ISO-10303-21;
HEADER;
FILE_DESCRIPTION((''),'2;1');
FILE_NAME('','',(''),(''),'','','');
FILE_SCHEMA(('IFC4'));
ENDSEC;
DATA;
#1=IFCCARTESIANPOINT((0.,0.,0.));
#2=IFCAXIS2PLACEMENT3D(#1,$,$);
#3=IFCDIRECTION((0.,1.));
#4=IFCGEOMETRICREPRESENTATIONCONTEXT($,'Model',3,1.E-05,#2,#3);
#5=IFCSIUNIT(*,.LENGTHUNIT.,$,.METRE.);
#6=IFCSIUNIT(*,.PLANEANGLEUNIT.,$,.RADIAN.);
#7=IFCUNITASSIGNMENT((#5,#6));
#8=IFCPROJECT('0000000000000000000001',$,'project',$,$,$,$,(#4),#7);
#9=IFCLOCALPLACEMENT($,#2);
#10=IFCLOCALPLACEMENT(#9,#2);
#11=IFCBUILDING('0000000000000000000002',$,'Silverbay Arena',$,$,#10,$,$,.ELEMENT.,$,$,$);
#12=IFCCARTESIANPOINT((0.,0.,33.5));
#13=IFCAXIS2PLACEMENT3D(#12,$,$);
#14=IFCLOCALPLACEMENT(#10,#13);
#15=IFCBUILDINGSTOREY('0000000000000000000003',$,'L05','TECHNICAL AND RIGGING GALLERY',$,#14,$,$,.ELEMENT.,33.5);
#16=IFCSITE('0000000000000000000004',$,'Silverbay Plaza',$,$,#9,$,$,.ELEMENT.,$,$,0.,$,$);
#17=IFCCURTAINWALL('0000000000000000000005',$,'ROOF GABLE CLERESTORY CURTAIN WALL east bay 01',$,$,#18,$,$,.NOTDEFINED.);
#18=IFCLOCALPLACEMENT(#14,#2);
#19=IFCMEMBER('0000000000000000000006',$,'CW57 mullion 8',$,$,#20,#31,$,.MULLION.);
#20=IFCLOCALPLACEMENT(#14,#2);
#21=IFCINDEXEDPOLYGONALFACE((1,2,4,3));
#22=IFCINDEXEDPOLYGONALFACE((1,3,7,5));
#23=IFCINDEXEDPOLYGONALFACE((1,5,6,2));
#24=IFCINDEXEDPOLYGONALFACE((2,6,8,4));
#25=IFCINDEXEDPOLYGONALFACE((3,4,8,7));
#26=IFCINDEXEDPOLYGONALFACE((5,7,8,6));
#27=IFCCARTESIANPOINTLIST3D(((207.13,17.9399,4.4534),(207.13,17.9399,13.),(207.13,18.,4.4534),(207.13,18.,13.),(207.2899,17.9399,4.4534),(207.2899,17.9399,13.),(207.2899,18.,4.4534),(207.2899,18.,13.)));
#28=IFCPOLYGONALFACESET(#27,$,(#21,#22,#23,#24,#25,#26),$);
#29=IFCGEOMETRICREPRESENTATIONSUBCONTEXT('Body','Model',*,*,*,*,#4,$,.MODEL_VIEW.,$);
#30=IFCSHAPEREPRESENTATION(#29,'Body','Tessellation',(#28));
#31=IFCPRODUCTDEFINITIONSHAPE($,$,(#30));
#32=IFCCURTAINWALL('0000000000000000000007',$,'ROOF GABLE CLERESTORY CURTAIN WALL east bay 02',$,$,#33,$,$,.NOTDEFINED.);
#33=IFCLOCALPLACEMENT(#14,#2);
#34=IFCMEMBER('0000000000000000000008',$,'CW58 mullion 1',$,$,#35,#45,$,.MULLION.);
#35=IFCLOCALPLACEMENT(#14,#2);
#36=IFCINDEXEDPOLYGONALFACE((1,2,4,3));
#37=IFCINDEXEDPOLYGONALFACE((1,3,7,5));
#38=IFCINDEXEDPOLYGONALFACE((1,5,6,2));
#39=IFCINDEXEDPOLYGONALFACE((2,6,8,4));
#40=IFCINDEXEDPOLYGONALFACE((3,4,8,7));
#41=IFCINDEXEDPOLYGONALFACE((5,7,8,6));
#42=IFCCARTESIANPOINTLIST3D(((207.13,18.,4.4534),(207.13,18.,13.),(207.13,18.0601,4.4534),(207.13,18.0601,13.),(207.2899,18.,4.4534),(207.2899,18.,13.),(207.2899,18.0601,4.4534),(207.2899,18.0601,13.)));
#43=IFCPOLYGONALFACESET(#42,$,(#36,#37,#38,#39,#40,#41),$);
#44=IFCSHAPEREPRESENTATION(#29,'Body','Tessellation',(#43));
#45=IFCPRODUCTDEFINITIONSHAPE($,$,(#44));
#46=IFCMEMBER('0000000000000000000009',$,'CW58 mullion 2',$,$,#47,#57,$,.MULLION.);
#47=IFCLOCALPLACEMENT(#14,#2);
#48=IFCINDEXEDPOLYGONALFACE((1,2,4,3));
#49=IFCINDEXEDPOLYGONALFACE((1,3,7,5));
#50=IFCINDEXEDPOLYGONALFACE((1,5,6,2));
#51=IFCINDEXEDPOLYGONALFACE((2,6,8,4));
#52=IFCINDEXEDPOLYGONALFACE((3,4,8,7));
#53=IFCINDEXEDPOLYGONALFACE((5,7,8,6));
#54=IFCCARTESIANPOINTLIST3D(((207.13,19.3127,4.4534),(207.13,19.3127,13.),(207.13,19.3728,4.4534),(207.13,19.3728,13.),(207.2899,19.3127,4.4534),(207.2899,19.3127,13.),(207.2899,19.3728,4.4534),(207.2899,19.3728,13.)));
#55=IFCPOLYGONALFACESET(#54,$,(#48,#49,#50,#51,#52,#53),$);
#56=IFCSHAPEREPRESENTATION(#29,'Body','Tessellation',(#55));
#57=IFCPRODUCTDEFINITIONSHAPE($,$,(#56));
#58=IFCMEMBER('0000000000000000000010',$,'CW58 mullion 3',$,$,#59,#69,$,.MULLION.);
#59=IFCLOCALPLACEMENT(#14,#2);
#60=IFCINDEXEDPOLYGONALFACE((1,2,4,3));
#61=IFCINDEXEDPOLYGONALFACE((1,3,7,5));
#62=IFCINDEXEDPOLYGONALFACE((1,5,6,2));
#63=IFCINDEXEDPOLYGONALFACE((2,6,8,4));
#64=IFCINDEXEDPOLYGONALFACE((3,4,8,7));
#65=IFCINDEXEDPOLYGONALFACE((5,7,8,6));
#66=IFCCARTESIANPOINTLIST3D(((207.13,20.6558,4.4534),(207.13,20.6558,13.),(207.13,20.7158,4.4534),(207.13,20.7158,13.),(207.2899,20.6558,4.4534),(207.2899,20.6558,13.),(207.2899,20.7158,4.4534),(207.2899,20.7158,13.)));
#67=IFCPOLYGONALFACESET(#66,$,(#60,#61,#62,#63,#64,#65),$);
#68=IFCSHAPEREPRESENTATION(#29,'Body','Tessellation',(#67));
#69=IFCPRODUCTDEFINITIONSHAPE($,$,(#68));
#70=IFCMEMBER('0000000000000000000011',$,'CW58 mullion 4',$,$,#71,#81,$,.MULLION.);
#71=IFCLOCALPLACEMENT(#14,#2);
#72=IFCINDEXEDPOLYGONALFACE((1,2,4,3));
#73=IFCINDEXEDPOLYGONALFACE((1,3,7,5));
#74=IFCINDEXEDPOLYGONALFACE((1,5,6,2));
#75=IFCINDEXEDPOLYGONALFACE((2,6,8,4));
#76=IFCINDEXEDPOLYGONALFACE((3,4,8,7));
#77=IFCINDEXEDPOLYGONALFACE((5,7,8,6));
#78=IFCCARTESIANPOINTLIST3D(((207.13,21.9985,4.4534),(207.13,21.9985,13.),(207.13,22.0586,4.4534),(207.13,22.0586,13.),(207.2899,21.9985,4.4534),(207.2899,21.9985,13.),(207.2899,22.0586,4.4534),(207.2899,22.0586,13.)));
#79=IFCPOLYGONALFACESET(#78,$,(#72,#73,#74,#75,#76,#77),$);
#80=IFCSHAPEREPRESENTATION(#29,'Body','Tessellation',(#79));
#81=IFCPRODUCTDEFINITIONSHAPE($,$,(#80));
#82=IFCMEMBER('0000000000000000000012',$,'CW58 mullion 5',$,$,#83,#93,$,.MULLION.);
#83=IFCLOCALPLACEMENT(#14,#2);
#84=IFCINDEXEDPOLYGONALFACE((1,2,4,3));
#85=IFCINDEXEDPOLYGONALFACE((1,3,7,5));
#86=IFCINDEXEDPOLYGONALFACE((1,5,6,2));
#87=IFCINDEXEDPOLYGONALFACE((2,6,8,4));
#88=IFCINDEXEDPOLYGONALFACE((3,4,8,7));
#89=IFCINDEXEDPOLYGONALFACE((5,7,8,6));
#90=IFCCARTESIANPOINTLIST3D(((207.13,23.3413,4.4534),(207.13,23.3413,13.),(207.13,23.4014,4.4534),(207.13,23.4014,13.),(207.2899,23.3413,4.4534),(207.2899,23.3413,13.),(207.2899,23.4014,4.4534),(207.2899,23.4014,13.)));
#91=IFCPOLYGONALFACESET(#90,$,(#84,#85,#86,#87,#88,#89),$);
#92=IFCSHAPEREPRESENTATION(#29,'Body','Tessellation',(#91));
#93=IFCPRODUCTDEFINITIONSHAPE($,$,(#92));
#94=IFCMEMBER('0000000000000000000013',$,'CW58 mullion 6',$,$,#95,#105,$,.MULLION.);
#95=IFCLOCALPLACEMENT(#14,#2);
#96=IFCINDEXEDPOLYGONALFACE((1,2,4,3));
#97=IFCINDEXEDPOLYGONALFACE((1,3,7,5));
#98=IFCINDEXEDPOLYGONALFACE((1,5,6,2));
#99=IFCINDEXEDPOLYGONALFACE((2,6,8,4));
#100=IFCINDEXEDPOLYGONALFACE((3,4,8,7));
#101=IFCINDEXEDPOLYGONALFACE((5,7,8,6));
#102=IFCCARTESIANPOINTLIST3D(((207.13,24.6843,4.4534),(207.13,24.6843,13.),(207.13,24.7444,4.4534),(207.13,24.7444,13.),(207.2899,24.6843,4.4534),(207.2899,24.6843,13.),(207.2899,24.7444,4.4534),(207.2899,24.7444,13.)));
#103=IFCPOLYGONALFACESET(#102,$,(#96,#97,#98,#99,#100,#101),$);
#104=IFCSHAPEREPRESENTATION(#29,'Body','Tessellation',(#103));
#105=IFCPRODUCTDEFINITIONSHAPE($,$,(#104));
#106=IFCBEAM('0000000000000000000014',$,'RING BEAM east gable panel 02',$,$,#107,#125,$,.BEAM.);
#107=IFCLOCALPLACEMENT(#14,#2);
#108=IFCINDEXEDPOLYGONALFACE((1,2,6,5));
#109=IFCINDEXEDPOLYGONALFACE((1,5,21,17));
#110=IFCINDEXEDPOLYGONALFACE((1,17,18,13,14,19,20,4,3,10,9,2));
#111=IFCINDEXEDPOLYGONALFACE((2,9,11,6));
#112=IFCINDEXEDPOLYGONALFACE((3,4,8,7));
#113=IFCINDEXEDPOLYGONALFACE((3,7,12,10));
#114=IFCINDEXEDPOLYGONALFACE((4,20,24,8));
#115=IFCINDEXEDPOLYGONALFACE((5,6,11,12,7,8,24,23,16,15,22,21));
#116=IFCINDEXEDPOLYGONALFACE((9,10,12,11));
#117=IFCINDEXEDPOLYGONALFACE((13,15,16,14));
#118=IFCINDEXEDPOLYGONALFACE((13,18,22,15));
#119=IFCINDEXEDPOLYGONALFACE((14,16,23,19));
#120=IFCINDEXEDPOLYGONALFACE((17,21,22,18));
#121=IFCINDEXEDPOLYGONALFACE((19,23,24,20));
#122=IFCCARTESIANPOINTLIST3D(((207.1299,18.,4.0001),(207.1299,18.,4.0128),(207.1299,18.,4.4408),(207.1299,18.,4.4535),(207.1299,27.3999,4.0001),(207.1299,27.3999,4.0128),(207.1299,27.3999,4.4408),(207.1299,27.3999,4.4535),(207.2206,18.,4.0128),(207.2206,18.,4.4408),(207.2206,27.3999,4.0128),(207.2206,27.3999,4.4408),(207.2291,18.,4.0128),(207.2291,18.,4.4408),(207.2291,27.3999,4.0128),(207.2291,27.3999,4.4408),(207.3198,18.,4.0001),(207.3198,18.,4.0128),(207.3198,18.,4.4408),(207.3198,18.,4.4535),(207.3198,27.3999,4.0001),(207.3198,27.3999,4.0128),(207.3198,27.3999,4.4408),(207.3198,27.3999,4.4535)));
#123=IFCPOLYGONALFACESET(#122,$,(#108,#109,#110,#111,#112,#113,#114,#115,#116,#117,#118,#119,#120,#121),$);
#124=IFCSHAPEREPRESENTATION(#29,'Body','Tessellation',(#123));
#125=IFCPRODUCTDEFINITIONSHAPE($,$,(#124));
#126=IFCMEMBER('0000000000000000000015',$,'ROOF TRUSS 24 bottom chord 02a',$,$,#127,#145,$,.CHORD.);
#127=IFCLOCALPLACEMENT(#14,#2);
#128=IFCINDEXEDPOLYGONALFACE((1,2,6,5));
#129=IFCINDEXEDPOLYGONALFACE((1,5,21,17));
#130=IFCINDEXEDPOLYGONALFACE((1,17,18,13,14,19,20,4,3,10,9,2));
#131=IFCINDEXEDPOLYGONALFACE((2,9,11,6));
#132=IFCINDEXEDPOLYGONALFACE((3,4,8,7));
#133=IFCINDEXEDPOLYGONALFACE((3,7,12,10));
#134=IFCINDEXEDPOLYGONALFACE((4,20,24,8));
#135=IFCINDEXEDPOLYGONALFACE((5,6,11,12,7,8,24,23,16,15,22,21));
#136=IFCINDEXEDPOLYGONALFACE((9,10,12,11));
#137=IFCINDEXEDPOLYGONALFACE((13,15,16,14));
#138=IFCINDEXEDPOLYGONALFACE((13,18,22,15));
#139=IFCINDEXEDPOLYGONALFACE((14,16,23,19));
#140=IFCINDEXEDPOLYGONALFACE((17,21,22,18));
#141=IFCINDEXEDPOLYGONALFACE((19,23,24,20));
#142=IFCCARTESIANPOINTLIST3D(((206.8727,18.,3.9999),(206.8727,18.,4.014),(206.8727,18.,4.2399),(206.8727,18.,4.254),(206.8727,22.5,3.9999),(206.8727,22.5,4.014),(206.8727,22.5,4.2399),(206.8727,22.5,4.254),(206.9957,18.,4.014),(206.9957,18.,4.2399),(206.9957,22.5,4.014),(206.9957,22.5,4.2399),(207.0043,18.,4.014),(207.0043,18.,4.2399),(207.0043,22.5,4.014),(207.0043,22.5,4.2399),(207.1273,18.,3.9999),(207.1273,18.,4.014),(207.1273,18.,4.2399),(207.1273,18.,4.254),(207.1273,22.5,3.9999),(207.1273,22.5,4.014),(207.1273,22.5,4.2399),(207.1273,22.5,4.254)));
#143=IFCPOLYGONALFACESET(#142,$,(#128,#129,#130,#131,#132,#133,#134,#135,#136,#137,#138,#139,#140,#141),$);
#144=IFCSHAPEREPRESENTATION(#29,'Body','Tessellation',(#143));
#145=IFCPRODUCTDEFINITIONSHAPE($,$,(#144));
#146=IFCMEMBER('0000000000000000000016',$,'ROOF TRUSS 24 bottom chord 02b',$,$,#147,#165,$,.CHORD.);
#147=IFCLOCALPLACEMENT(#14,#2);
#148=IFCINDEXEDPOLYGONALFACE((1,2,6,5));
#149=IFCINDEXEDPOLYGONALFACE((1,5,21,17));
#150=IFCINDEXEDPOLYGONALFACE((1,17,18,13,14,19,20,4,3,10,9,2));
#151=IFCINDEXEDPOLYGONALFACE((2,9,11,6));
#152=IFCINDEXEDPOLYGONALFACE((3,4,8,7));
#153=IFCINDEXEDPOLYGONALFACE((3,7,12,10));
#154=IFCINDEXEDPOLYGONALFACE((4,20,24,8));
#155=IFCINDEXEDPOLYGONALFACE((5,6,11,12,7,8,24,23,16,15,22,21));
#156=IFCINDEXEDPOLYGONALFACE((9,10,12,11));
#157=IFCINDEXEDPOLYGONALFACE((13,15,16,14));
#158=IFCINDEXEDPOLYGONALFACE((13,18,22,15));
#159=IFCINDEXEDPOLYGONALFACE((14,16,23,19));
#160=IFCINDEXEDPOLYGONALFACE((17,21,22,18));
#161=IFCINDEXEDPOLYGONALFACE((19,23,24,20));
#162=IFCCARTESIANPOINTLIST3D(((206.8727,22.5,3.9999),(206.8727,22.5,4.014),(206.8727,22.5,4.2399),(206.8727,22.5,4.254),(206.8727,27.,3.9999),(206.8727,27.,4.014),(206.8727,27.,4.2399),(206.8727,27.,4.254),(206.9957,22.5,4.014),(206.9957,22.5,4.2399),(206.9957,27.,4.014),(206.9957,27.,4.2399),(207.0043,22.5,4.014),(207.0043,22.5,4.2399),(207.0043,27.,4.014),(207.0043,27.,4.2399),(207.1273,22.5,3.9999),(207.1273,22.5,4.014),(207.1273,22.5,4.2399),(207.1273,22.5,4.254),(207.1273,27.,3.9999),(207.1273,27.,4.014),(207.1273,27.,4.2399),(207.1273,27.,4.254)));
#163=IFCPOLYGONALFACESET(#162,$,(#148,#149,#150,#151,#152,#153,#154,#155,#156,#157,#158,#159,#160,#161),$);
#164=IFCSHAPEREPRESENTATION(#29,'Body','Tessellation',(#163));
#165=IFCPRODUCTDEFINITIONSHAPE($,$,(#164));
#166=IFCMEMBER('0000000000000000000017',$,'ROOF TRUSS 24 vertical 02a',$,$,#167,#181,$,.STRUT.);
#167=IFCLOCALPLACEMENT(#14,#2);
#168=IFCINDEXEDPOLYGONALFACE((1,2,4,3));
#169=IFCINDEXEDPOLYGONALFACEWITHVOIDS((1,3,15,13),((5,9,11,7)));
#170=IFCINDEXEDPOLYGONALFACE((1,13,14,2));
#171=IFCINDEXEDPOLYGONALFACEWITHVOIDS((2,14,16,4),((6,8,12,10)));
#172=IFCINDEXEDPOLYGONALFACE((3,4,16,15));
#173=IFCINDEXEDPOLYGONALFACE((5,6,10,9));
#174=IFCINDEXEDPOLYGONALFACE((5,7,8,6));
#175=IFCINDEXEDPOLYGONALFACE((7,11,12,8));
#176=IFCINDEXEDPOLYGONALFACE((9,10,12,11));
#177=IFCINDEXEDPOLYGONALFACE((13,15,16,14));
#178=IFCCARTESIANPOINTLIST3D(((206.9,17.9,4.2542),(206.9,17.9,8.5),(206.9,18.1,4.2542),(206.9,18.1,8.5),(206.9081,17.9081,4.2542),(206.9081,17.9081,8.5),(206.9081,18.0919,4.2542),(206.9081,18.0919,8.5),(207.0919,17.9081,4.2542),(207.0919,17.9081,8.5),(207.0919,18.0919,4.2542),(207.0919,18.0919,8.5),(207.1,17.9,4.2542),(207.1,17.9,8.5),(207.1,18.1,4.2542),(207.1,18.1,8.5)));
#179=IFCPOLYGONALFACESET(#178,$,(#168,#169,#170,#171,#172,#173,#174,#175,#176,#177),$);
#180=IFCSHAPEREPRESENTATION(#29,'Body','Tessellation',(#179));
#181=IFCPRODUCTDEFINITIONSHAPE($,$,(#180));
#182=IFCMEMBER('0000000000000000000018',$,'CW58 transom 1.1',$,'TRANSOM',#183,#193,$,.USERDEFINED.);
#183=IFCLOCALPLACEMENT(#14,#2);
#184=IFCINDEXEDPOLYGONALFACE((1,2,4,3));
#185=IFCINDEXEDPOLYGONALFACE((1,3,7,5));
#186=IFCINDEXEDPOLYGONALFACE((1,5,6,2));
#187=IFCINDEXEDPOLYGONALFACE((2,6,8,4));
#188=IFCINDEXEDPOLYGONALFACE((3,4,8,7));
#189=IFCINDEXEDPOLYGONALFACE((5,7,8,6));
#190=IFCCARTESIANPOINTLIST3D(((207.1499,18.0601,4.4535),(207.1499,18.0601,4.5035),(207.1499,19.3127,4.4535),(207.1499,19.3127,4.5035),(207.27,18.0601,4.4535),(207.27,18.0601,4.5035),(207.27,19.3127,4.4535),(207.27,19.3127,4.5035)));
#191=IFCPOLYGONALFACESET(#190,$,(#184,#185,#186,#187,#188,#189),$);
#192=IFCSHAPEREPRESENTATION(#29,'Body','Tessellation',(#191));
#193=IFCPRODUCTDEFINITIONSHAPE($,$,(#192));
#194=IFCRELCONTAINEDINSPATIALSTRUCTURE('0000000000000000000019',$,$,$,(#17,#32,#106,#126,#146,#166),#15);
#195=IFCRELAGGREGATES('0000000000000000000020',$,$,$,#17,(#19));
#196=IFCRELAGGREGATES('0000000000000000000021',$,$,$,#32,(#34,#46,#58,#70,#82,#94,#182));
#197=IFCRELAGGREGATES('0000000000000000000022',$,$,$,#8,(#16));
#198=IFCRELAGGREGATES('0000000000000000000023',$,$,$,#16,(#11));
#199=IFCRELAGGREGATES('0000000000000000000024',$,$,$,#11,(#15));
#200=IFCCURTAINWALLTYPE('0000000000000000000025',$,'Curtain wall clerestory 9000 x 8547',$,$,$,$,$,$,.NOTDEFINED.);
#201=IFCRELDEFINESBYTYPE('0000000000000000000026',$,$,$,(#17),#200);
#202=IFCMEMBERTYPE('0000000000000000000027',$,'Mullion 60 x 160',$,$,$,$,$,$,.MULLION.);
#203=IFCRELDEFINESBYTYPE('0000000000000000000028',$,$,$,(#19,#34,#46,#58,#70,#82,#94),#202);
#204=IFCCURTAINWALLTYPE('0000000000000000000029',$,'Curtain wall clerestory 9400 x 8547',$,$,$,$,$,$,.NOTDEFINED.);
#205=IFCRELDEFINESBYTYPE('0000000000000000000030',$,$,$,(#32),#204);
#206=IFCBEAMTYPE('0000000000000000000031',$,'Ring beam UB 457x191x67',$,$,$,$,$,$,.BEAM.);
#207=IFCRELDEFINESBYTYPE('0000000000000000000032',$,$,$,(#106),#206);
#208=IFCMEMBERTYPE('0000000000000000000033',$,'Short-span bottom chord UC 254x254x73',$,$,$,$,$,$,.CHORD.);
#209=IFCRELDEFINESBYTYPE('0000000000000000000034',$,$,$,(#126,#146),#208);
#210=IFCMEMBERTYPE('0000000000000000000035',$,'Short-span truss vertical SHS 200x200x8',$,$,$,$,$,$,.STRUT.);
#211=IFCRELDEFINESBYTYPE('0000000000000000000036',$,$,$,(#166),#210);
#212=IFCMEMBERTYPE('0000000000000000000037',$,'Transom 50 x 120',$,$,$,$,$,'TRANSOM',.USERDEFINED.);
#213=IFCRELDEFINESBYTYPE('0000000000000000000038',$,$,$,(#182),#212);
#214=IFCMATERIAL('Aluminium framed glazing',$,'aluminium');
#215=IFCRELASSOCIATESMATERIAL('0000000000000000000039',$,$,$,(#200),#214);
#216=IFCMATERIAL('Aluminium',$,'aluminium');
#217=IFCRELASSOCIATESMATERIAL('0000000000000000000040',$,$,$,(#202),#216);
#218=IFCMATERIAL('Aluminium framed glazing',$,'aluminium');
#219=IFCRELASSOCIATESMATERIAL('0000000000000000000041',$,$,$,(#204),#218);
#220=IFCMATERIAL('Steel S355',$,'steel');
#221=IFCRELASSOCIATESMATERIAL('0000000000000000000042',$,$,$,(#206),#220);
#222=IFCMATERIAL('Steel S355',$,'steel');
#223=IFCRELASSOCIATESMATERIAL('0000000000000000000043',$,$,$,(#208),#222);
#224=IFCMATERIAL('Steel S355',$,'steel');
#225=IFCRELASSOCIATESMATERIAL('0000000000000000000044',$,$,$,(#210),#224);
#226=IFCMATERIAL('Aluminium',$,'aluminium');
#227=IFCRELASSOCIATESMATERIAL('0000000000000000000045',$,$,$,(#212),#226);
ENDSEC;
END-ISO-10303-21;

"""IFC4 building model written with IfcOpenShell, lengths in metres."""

from ifc_helpers import new_model, si_unit, direction, frame, origin, origin_2d, place, context, subcontext, project, spatial, rectangle, hollow_rectangle, i_section, extrude, material, material_profile, profile_set, type_object, element, aggregate, save


model = new_model("IFC4")

# Units and contexts
model_context = context("Model", 3, precision=1e-05, world=origin(), true_north=direction((0.0, 1.0)))
body_context = subcontext(model_context, "Body", "Model", "MODEL_VIEW")
ifc_project = project(units=[si_unit("LENGTHUNIT", "METRE"), si_unit("PLANEANGLEUNIT", "RADIAN")], contexts=[model_context])

# Site, building, storey
site_placement = place(None, origin())
site = spatial("IfcSite", under=ifc_project, at=site_placement, Name="Silverbay Plaza", CompositionType="ELEMENT", RefElevation=0.0)
building_placement = place(site_placement, origin())
building = spatial("IfcBuilding", under=site, at=building_placement, Name="Silverbay Arena", CompositionType="ELEMENT")
storey_placement = place(building_placement, frame((0.0, 0.0, 33.5)))
storey = spatial("IfcBuildingStorey", under=building, at=storey_placement, Name="L05", Description="TECHNICAL AND RIGGING GALLERY", CompositionType="ELEMENT", Elevation=33.5)

# Curtain wall, member
ifc_material_1 = material(Name="Aluminium framed glazing", Category="aluminium")
curtain_wall_type_1 = type_object("IfcCurtainWallType", Name="Curtain wall clerestory 9000 x 8547", PredefinedType="NOTDEFINED", material=ifc_material_1)
curtain_wall_1_placement = place(storey_placement, origin())
curtain_wall_1 = element("IfcCurtainWall", 1, at=curtain_wall_1_placement, inside=storey, type_object=curtain_wall_type_1, Name="ROOF GABLE CLERESTORY CURTAIN WALL east bay 01", PredefinedType="NOTDEFINED")
ifc_material_2 = material(Name="Aluminium", Category="aluminium")
ifc_material_profile_1 = material_profile(ifc_material_2, rectangle(XDim=0.1599, YDim=0.0601, at=origin_2d()), Name="Mullion 60 x 160")
ifc_profile_set_1 = profile_set([ifc_material_profile_1], Name="Aluminium")
member_type_1 = type_object("IfcMemberType", Name="Mullion 60 x 160", PredefinedType="MULLION", material=ifc_profile_set_1)
member_1_placement = place(storey_placement, frame((207.21, 17.97, 4.4534), z_axis=(0.0, 0.0, 1.0), x_axis=(-1.0, 0.0, 0.0)))
member_1 = element("IfcMember", 2, at=member_1_placement, type_object=member_type_1, Name="CW57 mullion 8", PredefinedType="MULLION", context=body_context, shape_type="SweptSolid", body=[
    extrude(rectangle(XDim=0.1599, YDim=0.0601, at=origin_2d()), origin(), (0.0, 0.0, 1.0), 8.5466),
])
aggregate(curtain_wall_1, [member_1])

# Curtain wall, members
ifc_material_3 = material(Name="Aluminium framed glazing", Category="aluminium")
curtain_wall_type_2 = type_object("IfcCurtainWallType", Name="Curtain wall clerestory 9400 x 8547", PredefinedType="NOTDEFINED", material=ifc_material_3)
curtain_wall_2_placement = place(storey_placement, origin())
curtain_wall_2 = element("IfcCurtainWall", 3, at=curtain_wall_2_placement, inside=storey, type_object=curtain_wall_type_2, Name="ROOF GABLE CLERESTORY CURTAIN WALL east bay 02", PredefinedType="NOTDEFINED")
member_2_placement = place(storey_placement, frame((207.21, 18.03, 4.4534), z_axis=(0.0, 0.0, 1.0), x_axis=(-1.0, 0.0, 0.0)))
member_2 = element("IfcMember", 4, at=member_2_placement, type_object=member_type_1, Name="CW58 mullion 1", PredefinedType="MULLION", context=body_context, shape_type="SweptSolid", body=[
    extrude(rectangle(XDim=0.1599, YDim=0.0601, at=origin_2d()), origin(), (0.0, 0.0, 1.0), 8.5466),
])
member_3_placement = place(storey_placement, frame((207.21, 19.3428, 4.4534), z_axis=(0.0, 0.0, 1.0), x_axis=(-1.0, 0.0, 0.0)))
member_3 = element("IfcMember", 5, at=member_3_placement, type_object=member_type_1, Name="CW58 mullion 2", PredefinedType="MULLION", context=body_context, shape_type="SweptSolid", body=[
    extrude(rectangle(XDim=0.1599, YDim=0.0601, at=origin_2d()), origin(), (0.0, 0.0, 1.0), 8.5466),
])
member_4_placement = place(storey_placement, frame((207.21, 20.6858, 4.4534), z_axis=(0.0, 0.0, 1.0), x_axis=(-1.0, 0.0, 0.0)))
member_4 = element("IfcMember", 6, at=member_4_placement, type_object=member_type_1, Name="CW58 mullion 3", PredefinedType="MULLION", context=body_context, shape_type="SweptSolid", body=[
    extrude(rectangle(XDim=0.1599, YDim=0.0601, at=origin_2d()), origin(), (0.0, 0.0, 1.0), 8.5466),
])
member_5_placement = place(storey_placement, frame((207.21, 22.0286, 4.4534), z_axis=(0.0, 0.0, 1.0), x_axis=(-1.0, 0.0, 0.0)))
member_5 = element("IfcMember", 7, at=member_5_placement, type_object=member_type_1, Name="CW58 mullion 4", PredefinedType="MULLION", context=body_context, shape_type="SweptSolid", body=[
    extrude(rectangle(XDim=0.1599, YDim=0.0601, at=origin_2d()), origin(), (0.0, 0.0, 1.0), 8.5466),
])
member_6_placement = place(storey_placement, frame((207.21, 23.3713, 4.4534), z_axis=(0.0, 0.0, 1.0), x_axis=(-1.0, 0.0, 0.0)))
member_6 = element("IfcMember", 8, at=member_6_placement, type_object=member_type_1, Name="CW58 mullion 5", PredefinedType="MULLION", context=body_context, shape_type="SweptSolid", body=[
    extrude(rectangle(XDim=0.1599, YDim=0.0601, at=origin_2d()), origin(), (0.0, 0.0, 1.0), 8.5466),
])
member_7_placement = place(storey_placement, frame((207.21, 24.7144, 4.4534), z_axis=(0.0, 0.0, 1.0), x_axis=(-1.0, 0.0, 0.0)))
member_7 = element("IfcMember", 9, at=member_7_placement, type_object=member_type_1, Name="CW58 mullion 6", PredefinedType="MULLION", context=body_context, shape_type="SweptSolid", body=[
    extrude(rectangle(XDim=0.1599, YDim=0.0601, at=origin_2d()), origin(), (0.0, 0.0, 1.0), 8.5466),
])

# Beam
ifc_material_4 = material(Name="Steel S355", Category="steel")
ifc_material_profile_2 = material_profile(ifc_material_4, i_section(OverallWidth=0.1899, OverallDepth=0.4534, WebThickness=0.0085, FlangeThickness=0.0127, at=origin_2d()), Name="UB 457x191x67")
ifc_profile_set_2 = profile_set([ifc_material_profile_2], Name="Steel S355")
beam_type = type_object("IfcBeamType", Name="Ring beam UB 457x191x67", PredefinedType="BEAM", material=ifc_profile_set_2)
beam_placement = place(storey_placement, frame((207.2249, 18.0, 4.2268), z_axis=(0.0, 1.0, 0.0), x_axis=(-1.0, 0.0, 0.0)))
element("IfcBeam", 10, at=beam_placement, inside=storey, type_object=beam_type, Name="RING BEAM east gable panel 02", PredefinedType="BEAM", context=body_context, shape_type="SweptSolid", body=[
    extrude(i_section(OverallWidth=0.1899, OverallDepth=0.4534, WebThickness=0.0085, FlangeThickness=0.0127, at=origin_2d()), origin(), (0.0, 0.0, 1.0), 9.3999),
])

# Members
ifc_material_5 = material(Name="Steel S355", Category="steel")
ifc_material_profile_3 = material_profile(ifc_material_5, i_section(OverallWidth=0.2546, OverallDepth=0.2542, WebThickness=0.0085, FlangeThickness=0.0142, at=origin_2d()), Name="UC 254x254x73")
ifc_profile_set_3 = profile_set([ifc_material_profile_3], Name="Steel S355")
member_type_2 = type_object("IfcMemberType", Name="Short-span bottom chord UC 254x254x73", PredefinedType="CHORD", material=ifc_profile_set_3)
for number, where, z_axis, x_axis, name in (
    (11, (207.0, 18.0, 4.127), (0.0, 1.0, 0.0), (-1.0, 0.0, 0.0), "ROOF TRUSS 24 bottom chord 02a"),
    (12, (207.0, 22.5, 4.127), (0.0, 1.0, 0.0), (-1.0, 0.0, 0.0), "ROOF TRUSS 24 bottom chord 02b"),
):
    element("IfcMember", number, at=place(storey_placement, frame(where, z_axis=z_axis, x_axis=x_axis)), inside=storey, type_object=member_type_2, Name=name, PredefinedType="CHORD", context=body_context, shape_type="SweptSolid", body=[
        extrude(i_section(OverallWidth=0.2546, OverallDepth=0.2542, WebThickness=0.0085, FlangeThickness=0.0142, at=origin_2d()), origin(), (0.0, 0.0, 1.0), 4.5),
    ])
ifc_material_6 = material(Name="Steel S355", Category="steel")
ifc_material_profile_4 = material_profile(ifc_material_6, hollow_rectangle(XDim=0.2, YDim=0.2, WallThickness=0.0081, at=origin_2d()), Name="SHS 200x200x8")
ifc_profile_set_4 = profile_set([ifc_material_profile_4], Name="Steel S355")
member_type_3 = type_object("IfcMemberType", Name="Short-span truss vertical SHS 200x200x8", PredefinedType="STRUT", material=ifc_profile_set_4)
member_8_placement = place(storey_placement, frame((207.0, 18.0, 4.2542), z_axis=(0.0, 0.0, 1.0), x_axis=(1.0, 0.0, 0.0)))
element("IfcMember", 13, at=member_8_placement, inside=storey, type_object=member_type_3, Name="ROOF TRUSS 24 vertical 02a", PredefinedType="STRUT", context=body_context, shape_type="SweptSolid", body=[
    extrude(hollow_rectangle(XDim=0.2, YDim=0.2, WallThickness=0.0081, at=origin_2d()), origin(), (0.0, 0.0, 1.0), 4.2458),
])

# Member
ifc_material_7 = material(Name="Aluminium", Category="aluminium")
ifc_material_profile_5 = material_profile(ifc_material_7, rectangle(XDim=0.1201, YDim=0.05, at=origin_2d()), Name="Transom 50 x 120")
ifc_profile_set_5 = profile_set([ifc_material_profile_5], Name="Aluminium")
member_type_4 = type_object("IfcMemberType", Name="Transom 50 x 120", ElementType="TRANSOM", PredefinedType="USERDEFINED", material=ifc_profile_set_5)
member_9_placement = place(storey_placement, frame((207.21, 18.0601, 4.4785), z_axis=(0.0, 1.0, 0.0), x_axis=(-1.0, 0.0, 0.0)))
member_9 = element("IfcMember", 14, at=member_9_placement, type_object=member_type_4, Name="CW58 transom 1.1", ObjectType="TRANSOM", PredefinedType="USERDEFINED", context=body_context, shape_type="SweptSolid", body=[
    extrude(rectangle(XDim=0.1201, YDim=0.05, at=origin_2d()), origin(), (0.0, 0.0, 1.0), 1.2527),
])

aggregate(curtain_wall_2, [member_2, member_3, member_4, member_5, member_6, member_7, member_9])

save(model, "model.ifc")
